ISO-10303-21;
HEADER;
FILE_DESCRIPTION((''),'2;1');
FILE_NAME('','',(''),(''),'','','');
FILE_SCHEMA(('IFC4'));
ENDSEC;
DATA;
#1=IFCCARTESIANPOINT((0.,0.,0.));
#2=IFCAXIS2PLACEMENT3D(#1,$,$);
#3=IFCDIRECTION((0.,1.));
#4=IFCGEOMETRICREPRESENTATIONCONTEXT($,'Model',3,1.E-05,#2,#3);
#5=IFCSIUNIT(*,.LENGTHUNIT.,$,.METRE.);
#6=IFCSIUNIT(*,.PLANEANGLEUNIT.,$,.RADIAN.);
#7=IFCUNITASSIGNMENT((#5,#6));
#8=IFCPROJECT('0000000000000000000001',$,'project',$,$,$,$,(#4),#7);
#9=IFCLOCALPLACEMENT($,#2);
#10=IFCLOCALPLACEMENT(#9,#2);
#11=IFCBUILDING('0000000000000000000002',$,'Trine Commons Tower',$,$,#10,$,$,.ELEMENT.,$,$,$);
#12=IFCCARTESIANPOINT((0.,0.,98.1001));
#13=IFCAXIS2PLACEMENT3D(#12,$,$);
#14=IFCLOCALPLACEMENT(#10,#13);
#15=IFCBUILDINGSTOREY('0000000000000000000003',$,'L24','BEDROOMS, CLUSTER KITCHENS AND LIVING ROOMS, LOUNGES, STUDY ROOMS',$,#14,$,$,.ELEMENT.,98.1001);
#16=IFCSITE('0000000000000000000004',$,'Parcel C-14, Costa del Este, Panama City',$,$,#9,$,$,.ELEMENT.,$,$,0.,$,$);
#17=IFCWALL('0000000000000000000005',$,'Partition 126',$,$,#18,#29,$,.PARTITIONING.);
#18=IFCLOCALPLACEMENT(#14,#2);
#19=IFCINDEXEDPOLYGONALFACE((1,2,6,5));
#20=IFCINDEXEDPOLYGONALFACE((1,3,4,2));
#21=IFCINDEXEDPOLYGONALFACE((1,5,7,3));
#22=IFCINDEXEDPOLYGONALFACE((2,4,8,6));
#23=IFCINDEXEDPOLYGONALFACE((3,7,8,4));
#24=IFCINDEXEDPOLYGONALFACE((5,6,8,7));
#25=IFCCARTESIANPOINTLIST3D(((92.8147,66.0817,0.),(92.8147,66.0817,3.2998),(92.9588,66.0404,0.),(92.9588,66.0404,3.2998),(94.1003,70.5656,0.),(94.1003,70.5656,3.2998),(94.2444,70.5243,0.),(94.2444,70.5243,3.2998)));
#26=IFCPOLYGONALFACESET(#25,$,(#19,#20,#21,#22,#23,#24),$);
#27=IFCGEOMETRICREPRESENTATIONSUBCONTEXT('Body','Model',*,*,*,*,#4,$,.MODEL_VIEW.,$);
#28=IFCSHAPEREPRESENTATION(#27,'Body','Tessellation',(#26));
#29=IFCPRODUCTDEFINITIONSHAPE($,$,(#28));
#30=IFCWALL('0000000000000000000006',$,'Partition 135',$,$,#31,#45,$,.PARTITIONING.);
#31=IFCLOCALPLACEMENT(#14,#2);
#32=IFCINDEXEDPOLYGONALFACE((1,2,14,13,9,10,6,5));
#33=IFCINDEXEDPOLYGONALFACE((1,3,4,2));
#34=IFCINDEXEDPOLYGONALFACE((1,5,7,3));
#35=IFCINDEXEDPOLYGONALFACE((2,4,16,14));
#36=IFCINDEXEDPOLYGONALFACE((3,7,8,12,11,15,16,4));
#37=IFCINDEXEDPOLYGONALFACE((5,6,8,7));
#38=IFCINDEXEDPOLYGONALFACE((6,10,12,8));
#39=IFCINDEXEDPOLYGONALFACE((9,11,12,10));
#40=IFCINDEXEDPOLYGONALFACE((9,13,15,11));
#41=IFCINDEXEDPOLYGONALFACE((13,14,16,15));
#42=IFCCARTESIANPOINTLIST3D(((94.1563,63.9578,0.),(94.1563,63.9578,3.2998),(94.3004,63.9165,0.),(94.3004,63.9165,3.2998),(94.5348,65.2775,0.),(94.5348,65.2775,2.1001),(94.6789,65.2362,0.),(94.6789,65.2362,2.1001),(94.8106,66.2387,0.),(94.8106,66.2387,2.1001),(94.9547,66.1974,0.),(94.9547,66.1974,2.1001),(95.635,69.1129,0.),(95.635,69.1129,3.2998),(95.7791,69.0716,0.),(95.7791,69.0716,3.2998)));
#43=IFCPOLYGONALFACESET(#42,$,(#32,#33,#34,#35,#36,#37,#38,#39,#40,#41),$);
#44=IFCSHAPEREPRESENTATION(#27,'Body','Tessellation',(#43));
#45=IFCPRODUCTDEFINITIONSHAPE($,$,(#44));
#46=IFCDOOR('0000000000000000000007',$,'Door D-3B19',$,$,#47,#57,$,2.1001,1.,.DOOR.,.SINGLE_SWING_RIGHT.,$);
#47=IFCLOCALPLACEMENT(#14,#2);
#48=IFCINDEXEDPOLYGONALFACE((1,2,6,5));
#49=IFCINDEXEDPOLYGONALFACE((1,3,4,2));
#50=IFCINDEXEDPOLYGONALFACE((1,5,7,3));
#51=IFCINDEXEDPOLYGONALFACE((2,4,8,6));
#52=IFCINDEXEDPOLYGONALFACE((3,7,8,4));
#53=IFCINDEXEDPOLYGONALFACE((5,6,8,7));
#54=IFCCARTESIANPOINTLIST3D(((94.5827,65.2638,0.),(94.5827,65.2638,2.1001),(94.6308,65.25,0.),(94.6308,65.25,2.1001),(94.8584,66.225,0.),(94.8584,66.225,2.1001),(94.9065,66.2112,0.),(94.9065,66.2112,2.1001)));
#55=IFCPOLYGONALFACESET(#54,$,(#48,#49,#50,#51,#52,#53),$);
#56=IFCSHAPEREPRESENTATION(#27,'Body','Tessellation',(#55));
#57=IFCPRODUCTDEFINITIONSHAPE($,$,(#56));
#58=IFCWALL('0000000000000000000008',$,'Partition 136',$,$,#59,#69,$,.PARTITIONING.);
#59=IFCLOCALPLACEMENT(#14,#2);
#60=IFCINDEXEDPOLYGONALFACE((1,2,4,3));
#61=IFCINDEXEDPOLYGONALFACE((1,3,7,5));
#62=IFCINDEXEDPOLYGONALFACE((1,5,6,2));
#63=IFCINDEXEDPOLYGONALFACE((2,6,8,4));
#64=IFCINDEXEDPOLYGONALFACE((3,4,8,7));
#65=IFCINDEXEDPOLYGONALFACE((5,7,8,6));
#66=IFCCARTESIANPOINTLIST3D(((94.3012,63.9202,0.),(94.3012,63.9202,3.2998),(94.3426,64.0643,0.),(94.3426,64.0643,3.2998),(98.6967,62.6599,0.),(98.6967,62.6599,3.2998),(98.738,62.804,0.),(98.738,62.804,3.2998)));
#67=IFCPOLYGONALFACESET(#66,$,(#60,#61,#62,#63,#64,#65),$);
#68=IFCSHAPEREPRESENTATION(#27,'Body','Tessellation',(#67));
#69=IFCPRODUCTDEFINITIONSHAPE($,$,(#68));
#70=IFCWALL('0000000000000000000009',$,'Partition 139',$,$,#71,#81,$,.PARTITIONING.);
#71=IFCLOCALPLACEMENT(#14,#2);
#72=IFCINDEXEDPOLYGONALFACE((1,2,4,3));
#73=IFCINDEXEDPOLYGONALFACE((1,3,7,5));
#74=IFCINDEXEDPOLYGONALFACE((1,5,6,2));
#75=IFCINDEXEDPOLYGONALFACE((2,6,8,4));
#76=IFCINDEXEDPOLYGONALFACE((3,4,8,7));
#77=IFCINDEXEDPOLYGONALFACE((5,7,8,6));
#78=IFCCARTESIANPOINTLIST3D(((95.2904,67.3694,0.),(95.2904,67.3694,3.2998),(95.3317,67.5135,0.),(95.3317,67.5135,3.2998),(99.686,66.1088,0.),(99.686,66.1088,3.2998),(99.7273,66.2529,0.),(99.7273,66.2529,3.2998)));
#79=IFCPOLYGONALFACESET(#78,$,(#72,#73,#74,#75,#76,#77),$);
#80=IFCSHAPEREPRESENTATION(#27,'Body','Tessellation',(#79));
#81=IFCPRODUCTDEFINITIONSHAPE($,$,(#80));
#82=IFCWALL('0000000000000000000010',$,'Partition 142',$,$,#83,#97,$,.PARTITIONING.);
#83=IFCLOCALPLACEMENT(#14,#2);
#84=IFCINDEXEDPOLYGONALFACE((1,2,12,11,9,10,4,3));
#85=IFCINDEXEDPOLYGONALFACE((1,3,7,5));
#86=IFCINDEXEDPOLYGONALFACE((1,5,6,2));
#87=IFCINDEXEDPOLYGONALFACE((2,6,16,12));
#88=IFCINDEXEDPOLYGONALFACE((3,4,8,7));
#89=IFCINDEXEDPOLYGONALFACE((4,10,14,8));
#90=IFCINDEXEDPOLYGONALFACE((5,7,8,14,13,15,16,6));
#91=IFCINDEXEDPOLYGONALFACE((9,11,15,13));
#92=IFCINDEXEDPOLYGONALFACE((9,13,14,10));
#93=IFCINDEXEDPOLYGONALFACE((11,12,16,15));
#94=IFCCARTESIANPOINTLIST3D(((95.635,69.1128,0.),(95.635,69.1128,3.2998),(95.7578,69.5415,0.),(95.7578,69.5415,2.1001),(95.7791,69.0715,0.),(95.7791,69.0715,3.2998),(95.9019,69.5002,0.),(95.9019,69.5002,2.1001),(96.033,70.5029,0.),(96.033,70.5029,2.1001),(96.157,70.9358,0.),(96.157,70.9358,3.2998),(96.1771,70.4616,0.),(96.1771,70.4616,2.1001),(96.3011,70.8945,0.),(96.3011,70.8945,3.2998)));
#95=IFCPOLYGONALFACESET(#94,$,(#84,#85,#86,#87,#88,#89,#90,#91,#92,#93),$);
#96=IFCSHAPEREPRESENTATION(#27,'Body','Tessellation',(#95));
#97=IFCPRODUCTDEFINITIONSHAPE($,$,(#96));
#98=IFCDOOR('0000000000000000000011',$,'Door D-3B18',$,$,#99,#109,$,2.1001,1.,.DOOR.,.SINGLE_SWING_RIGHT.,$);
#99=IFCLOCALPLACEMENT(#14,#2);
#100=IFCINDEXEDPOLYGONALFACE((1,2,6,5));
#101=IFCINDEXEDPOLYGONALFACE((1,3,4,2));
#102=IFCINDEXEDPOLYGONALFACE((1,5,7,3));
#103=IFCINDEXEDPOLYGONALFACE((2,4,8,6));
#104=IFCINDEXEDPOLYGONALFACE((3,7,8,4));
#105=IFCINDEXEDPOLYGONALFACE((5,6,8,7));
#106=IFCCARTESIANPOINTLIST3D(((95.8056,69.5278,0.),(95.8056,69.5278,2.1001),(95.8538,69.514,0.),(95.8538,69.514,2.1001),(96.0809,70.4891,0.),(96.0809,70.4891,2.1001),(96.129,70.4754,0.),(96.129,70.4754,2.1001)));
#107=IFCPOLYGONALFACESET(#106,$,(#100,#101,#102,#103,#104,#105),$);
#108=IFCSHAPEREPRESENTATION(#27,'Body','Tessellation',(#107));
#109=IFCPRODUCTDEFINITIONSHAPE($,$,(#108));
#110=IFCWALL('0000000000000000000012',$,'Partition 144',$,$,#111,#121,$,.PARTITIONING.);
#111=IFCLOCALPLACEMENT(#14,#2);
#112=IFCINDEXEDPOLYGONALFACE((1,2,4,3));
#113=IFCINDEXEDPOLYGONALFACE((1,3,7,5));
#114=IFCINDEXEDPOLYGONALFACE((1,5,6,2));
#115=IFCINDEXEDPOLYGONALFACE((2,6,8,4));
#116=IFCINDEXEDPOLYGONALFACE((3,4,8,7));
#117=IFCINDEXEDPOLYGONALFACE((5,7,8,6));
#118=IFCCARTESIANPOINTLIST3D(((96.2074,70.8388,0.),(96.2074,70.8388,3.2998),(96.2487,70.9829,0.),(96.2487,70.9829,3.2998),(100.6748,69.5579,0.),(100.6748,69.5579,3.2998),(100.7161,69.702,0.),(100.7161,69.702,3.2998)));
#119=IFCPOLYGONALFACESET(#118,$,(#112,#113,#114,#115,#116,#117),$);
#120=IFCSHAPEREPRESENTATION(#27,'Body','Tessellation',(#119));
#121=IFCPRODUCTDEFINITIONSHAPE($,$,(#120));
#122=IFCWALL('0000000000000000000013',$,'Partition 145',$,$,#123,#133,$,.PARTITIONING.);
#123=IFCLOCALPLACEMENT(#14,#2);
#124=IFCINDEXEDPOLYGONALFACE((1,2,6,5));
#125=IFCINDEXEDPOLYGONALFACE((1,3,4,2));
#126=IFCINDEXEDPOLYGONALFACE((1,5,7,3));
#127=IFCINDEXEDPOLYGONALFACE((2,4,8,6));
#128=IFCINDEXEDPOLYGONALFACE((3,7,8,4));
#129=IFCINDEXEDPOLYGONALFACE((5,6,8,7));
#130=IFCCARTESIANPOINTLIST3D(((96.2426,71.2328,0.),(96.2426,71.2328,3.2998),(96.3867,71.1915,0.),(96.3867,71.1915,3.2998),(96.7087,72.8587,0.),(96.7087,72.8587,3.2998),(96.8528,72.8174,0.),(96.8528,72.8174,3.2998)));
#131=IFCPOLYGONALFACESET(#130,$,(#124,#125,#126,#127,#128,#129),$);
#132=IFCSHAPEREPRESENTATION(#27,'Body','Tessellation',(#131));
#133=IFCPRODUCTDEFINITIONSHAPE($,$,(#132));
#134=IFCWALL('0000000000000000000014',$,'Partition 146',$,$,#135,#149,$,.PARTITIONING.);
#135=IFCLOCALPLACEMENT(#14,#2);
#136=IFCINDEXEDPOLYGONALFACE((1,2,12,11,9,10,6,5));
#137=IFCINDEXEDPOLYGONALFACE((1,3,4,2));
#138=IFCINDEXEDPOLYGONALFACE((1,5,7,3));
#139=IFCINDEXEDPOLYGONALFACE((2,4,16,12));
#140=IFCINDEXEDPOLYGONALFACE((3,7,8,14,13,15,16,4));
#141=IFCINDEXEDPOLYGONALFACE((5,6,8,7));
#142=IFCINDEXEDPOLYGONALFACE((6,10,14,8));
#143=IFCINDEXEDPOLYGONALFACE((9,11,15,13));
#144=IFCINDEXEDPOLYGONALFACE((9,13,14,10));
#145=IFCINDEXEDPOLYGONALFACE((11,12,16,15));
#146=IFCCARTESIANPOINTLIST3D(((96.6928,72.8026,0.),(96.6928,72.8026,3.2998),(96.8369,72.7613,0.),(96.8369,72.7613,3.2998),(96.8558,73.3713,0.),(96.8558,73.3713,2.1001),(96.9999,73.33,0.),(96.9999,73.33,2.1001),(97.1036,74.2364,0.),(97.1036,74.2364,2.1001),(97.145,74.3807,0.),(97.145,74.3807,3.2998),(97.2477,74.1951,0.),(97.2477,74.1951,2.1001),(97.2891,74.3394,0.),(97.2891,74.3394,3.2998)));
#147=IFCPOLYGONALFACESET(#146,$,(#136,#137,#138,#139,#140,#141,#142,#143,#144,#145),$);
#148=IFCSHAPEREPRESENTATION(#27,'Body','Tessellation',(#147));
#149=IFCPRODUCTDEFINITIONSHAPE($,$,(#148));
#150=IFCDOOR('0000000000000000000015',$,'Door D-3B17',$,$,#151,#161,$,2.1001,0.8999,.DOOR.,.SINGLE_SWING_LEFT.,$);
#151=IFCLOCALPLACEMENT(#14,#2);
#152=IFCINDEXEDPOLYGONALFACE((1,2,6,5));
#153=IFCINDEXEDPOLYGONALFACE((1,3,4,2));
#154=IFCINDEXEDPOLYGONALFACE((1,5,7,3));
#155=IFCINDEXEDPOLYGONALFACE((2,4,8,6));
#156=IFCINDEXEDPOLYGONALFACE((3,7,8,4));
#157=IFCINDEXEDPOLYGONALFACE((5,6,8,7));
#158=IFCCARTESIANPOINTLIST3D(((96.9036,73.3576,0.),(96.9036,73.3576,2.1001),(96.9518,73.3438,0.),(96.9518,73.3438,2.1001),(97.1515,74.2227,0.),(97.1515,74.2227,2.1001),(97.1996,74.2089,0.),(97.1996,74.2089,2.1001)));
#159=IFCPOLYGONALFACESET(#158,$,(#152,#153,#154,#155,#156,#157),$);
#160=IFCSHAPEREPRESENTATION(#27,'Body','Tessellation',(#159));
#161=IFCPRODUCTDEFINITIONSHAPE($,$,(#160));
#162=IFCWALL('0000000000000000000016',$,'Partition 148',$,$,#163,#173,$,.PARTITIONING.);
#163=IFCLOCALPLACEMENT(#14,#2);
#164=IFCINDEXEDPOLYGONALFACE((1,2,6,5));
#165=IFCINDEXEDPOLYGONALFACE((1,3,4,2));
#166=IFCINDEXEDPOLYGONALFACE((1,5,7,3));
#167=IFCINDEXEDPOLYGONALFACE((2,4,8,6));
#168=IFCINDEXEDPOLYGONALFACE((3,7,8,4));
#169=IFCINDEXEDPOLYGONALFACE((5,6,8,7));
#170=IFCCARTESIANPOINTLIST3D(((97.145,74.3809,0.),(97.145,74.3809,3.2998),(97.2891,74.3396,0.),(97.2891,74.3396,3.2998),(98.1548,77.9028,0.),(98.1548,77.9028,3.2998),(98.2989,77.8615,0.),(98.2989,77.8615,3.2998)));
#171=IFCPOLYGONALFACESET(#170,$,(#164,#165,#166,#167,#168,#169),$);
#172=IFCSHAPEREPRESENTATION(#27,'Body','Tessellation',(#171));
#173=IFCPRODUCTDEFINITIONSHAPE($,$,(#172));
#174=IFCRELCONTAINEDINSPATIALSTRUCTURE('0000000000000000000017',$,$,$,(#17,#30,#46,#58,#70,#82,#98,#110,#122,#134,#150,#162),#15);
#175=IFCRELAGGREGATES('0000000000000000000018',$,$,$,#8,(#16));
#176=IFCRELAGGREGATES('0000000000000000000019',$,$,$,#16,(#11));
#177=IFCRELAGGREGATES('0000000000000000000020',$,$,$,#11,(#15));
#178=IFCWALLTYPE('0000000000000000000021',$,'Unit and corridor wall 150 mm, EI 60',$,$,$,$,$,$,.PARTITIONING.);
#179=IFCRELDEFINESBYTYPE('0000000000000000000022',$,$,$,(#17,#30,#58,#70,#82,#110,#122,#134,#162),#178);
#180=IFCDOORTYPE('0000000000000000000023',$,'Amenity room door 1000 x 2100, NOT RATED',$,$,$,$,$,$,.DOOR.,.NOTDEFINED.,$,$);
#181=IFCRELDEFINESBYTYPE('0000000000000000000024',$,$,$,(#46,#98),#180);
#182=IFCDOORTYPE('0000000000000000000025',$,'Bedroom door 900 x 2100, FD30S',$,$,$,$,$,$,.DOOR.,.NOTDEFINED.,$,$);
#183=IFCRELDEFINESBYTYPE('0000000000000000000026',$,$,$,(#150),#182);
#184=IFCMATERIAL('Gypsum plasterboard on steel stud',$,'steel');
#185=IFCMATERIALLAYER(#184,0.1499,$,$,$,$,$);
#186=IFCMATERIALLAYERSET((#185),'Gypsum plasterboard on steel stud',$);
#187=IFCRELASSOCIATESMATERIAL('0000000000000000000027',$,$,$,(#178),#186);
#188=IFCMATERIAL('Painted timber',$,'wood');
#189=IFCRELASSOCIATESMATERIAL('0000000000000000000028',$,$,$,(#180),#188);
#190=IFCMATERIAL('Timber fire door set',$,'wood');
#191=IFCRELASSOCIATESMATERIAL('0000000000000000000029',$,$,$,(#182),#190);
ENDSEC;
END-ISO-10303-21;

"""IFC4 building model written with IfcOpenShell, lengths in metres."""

from ifc_helpers import new_model, si_unit, direction, frame, frame_2d, origin, place, context, subcontext, project, spatial, rectangle, extrude, material, layer, layer_set, type_object, element, fill, save


model = new_model("IFC4")

# Units and contexts
model_context = context("Model", 3, precision=1e-05, world=origin(), true_north=direction((0.0, 1.0)))
body_context = subcontext(model_context, "Body", "Model", "MODEL_VIEW")
ifc_project = project(units=[si_unit("LENGTHUNIT", "METRE"), si_unit("PLANEANGLEUNIT", "RADIAN")], contexts=[model_context])

# Site, building, storey
site_placement = place(None, origin())
site = spatial("IfcSite", under=ifc_project, at=site_placement, Name="Parcel C-14, Costa del Este, Panama City", CompositionType="ELEMENT", RefElevation=0.0)
building_placement = place(site_placement, origin())
building = spatial("IfcBuilding", under=site, at=building_placement, Name="Trine Commons Tower", CompositionType="ELEMENT")
storey_placement = place(building_placement, frame((0.0, 0.0, 98.1001)))
storey = spatial("IfcBuildingStorey", under=building, at=storey_placement, Name="L24", Description="BEDROOMS, CLUSTER KITCHENS AND LIVING ROOMS, LOUNGES, STUDY ROOMS", CompositionType="ELEMENT", Elevation=98.1001)

# Wall
ifc_material_1 = material(Name="Gypsum plasterboard on steel stud", Category="steel")
ifc_layer_1 = layer(ifc_material_1, 0.1499)
ifc_layer_set_1 = layer_set([ifc_layer_1], Name="Gypsum plasterboard on steel stud")
wall_type_1 = type_object("IfcWallType", Name="Unit and corridor wall 150 mm, EI 60", PredefinedType="PARTITIONING", material=ifc_layer_set_1)
wall_1_placement = place(storey_placement, frame((92.8867, 66.061, 0.0), z_axis=(0.0, 0.0, 1.0), x_axis=(0.27562, 0.961267, 0.0)))
element("IfcWall", 1, at=wall_1_placement, inside=storey, type_object=wall_type_1, Name="Partition 126", PredefinedType="PARTITIONING", context=body_context, shape_type="SweptSolid", body=[
    extrude(rectangle(XDim=4.6646, YDim=0.1499, at=frame_2d((2.3323, 0.0))), origin(), (0.0, 0.0, 1.0), 3.2998),
])

# Wall, opening, door
wall_2_placement = place(storey_placement, frame((94.2283, 63.937, 0.0), z_axis=(0.0, 0.0, 1.0), x_axis=(0.275737, 0.961233, 0.0)))
wall_2 = element("IfcWall", 2, at=wall_2_placement, inside=storey, type_object=wall_type_1, Name="Partition 135", PredefinedType="PARTITIONING", context=body_context, shape_type="SweptSolid", body=[
    extrude(rectangle(XDim=5.363, YDim=0.1499, at=frame_2d((2.6816, 0.0))), origin(), (0.0, 0.0, 1.0), 3.2998),
])
opening_1_placement = place(wall_2_placement, frame((1.373, 0.0, 0.0)))
opening_1 = element("IfcOpeningElement", 3, at=opening_1_placement, cuts=wall_2, PredefinedType="OPENING", context=body_context, shape_type="SweptSolid", body=[
    extrude(rectangle(XDim=1.0, YDim=2.1001, at=frame_2d((0.5, 1.05))), frame((0.0, 0.085, 0.0), z_axis=(0.0, -1.0, 0.0), x_axis=(1.0, 0.0, 0.0)), (0.0, 0.0, 1.0), 0.1699),
])
ifc_material_2 = material(Name="Painted timber", Category="wood")
door_type_1 = type_object("IfcDoorType", Name="Amenity room door 1000 x 2100, NOT RATED", OperationType="NOTDEFINED", PredefinedType="DOOR", material=ifc_material_2)
door_1_placement = place(opening_1_placement, frame((1.0, 0.0, 0.0), z_axis=(0.0, 0.0, 1.0), x_axis=(-1.0, 0.0, 0.0)))
door_1 = element("IfcDoor", 4, at=door_1_placement, inside=storey, type_object=door_type_1, Name="Door D-3B19", OperationType="SINGLE_SWING_RIGHT", OverallHeight=2.1001, OverallWidth=1.0, PredefinedType="DOOR", context=body_context, shape_type="SweptSolid", body=[
    extrude(rectangle(XDim=1.0, YDim=2.1001, at=frame_2d((0.5, 1.05))), frame((0.0, 0.0249, 0.0), z_axis=(0.0, -1.0, 0.0), x_axis=(1.0, 0.0, 0.0)), (0.0, 0.0, 1.0), 0.05),
])
fill(opening_1, door_1)

# Walls
wall_3_placement = place(storey_placement, frame((94.322, 63.9922, 0.0), z_axis=(0.0, 0.0, 1.0), x_axis=(0.96127, -0.27561, 0.0)))
element("IfcWall", 5, at=wall_3_placement, inside=storey, type_object=wall_type_1, Name="Partition 136", PredefinedType="PARTITIONING", context=body_context, shape_type="SweptSolid", body=[
    extrude(rectangle(XDim=4.5725, YDim=0.1499, at=frame_2d((2.2861, 0.0))), origin(), (0.0, 0.0, 1.0), 3.2998),
])
wall_4_placement = place(storey_placement, frame((95.311, 67.4414, 0.0), z_axis=(0.0, 0.0, 1.0), x_axis=(0.961256, -0.275659, 0.0)))
element("IfcWall", 6, at=wall_4_placement, inside=storey, type_object=wall_type_1, Name="Partition 139", PredefinedType="PARTITIONING", context=body_context, shape_type="SweptSolid", body=[
    extrude(rectangle(XDim=4.5728, YDim=0.1499, at=frame_2d((2.2864, 0.0))), origin(), (0.0, 0.0, 1.0), 3.2998),
])

# Wall, opening, door
wall_5_placement = place(storey_placement, frame((95.707, 69.092, 0.0), z_axis=(0.0, 0.0, 1.0), x_axis=(0.275265, 0.961368, 0.0)))
wall_5 = element("IfcWall", 7, at=wall_5_placement, inside=storey, type_object=wall_type_1, Name="Partition 142", PredefinedType="PARTITIONING", context=body_context, shape_type="SweptSolid", body=[
    extrude(rectangle(XDim=1.8962, YDim=0.1499, at=frame_2d((0.9482, 0.0))), origin(), (0.0, 0.0, 1.0), 3.2998),
])
opening_2_placement = place(wall_5_placement, frame((0.446, 0.0, 0.0)))
opening_2 = element("IfcOpeningElement", 8, at=opening_2_placement, cuts=wall_5, PredefinedType="OPENING", context=body_context, shape_type="SweptSolid", body=[
    extrude(rectangle(XDim=1.0, YDim=2.1001, at=frame_2d((0.5, 1.05))), frame((0.0, 0.085, 0.0), z_axis=(0.0, -1.0, 0.0), x_axis=(1.0, 0.0, 0.0)), (0.0, 0.0, 1.0), 0.1699),
])
door_2_placement = place(opening_2_placement, frame((1.0, 0.0, 0.0), z_axis=(0.0, 0.0, 1.0), x_axis=(-1.0, 0.0, 0.0)))
door_2 = element("IfcDoor", 9, at=door_2_placement, inside=storey, type_object=door_type_1, Name="Door D-3B18", OperationType="SINGLE_SWING_RIGHT", OverallHeight=2.1001, OverallWidth=1.0, PredefinedType="DOOR", context=body_context, shape_type="SweptSolid", body=[
    extrude(rectangle(XDim=1.0, YDim=2.1001, at=frame_2d((0.5, 1.05))), frame((0.0, 0.0249, 0.0), z_axis=(0.0, -1.0, 0.0), x_axis=(1.0, 0.0, 0.0)), (0.0, 0.0, 1.0), 0.05),
])
fill(opening_2, door_2)

# Walls
wall_6_placement = place(storey_placement, frame((96.228, 70.9109, 0.0), z_axis=(0.0, 0.0, 1.0), x_axis=(0.961264, -0.27563, 0.0)))
element("IfcWall", 10, at=wall_6_placement, inside=storey, type_object=wall_type_1, Name="Partition 144", PredefinedType="PARTITIONING", context=body_context, shape_type="SweptSolid", body=[
    extrude(rectangle(XDim=4.6475, YDim=0.1499, at=frame_2d((2.3237, 0.0))), origin(), (0.0, 0.0, 1.0), 3.2998),
])
wall_7_placement = place(storey_placement, frame((96.3147, 71.2122, 0.0), z_axis=(0.0, 0.0, 1.0), x_axis=(0.275541, 0.961289, 0.0)))
element("IfcWall", 11, at=wall_7_placement, inside=storey, type_object=wall_type_1, Name="Partition 145", PredefinedType="PARTITIONING", context=body_context, shape_type="SweptSolid", body=[
    extrude(rectangle(XDim=1.6914, YDim=0.1499, at=frame_2d((0.8457, 0.0))), origin(), (0.0, 0.0, 1.0), 3.2998),
])

# Wall, opening, door
wall_8_placement = place(storey_placement, frame((96.7649, 72.782, 0.0), z_axis=(0.0, 0.0, 1.0), x_axis=(0.275428, 0.961322, 0.0)))
wall_8 = element("IfcWall", 12, at=wall_8_placement, inside=storey, type_object=wall_type_1, Name="Partition 146", PredefinedType="PARTITIONING", context=body_context, shape_type="SweptSolid", body=[
    extrude(rectangle(XDim=1.6416, YDim=0.1499, at=frame_2d((0.8208, 0.0))), origin(), (0.0, 0.0, 1.0), 3.2998),
])
opening_3_placement = place(wall_8_placement, frame((0.5916, 0.0, 0.0)))
opening_3 = element("IfcOpeningElement", 13, at=opening_3_placement, cuts=wall_8, PredefinedType="OPENING", context=body_context, shape_type="SweptSolid", body=[
    extrude(rectangle(XDim=0.8999, YDim=2.1001, at=frame_2d((0.45, 1.05))), frame((0.0, 0.085, 0.0), z_axis=(0.0, -1.0, 0.0), x_axis=(1.0, 0.0, 0.0)), (0.0, 0.0, 1.0), 0.1699),
])
ifc_material_3 = material(Name="Timber fire door set", Category="wood")
door_type_2 = type_object("IfcDoorType", Name="Bedroom door 900 x 2100, FD30S", OperationType="NOTDEFINED", PredefinedType="DOOR", material=ifc_material_3)
door_3_placement = place(opening_3_placement, frame((0.8999, 0.0, 0.0), z_axis=(0.0, 0.0, 1.0), x_axis=(-1.0, 0.0, 0.0)))
door_3 = element("IfcDoor", 14, at=door_3_placement, inside=storey, type_object=door_type_2, Name="Door D-3B17", OperationType="SINGLE_SWING_LEFT", OverallHeight=2.1001, OverallWidth=0.8999, PredefinedType="DOOR", context=body_context, shape_type="SweptSolid", body=[
    extrude(rectangle(XDim=0.8999, YDim=2.1001, at=frame_2d((0.45, 1.05))), frame((0.0, 0.0249, 0.0), z_axis=(0.0, -1.0, 0.0), x_axis=(1.0, 0.0, 0.0)), (0.0, 0.0, 1.0), 0.05),
])
fill(opening_3, door_3)

# Wall
wall_9_placement = place(storey_placement, frame((97.217, 74.3601, 0.0), z_axis=(0.0, 0.0, 1.0), x_axis=(0.275601, 0.961272, 0.0)))
element("IfcWall", 15, at=wall_9_placement, inside=storey, type_object=wall_type_1, Name="Partition 148", PredefinedType="PARTITIONING", context=body_context, shape_type="SweptSolid", body=[
    extrude(rectangle(XDim=3.6638, YDim=0.1499, at=frame_2d((1.832, 0.0))), origin(), (0.0, 0.0, 1.0), 3.2998),
])

save(model, "model.ifc")
